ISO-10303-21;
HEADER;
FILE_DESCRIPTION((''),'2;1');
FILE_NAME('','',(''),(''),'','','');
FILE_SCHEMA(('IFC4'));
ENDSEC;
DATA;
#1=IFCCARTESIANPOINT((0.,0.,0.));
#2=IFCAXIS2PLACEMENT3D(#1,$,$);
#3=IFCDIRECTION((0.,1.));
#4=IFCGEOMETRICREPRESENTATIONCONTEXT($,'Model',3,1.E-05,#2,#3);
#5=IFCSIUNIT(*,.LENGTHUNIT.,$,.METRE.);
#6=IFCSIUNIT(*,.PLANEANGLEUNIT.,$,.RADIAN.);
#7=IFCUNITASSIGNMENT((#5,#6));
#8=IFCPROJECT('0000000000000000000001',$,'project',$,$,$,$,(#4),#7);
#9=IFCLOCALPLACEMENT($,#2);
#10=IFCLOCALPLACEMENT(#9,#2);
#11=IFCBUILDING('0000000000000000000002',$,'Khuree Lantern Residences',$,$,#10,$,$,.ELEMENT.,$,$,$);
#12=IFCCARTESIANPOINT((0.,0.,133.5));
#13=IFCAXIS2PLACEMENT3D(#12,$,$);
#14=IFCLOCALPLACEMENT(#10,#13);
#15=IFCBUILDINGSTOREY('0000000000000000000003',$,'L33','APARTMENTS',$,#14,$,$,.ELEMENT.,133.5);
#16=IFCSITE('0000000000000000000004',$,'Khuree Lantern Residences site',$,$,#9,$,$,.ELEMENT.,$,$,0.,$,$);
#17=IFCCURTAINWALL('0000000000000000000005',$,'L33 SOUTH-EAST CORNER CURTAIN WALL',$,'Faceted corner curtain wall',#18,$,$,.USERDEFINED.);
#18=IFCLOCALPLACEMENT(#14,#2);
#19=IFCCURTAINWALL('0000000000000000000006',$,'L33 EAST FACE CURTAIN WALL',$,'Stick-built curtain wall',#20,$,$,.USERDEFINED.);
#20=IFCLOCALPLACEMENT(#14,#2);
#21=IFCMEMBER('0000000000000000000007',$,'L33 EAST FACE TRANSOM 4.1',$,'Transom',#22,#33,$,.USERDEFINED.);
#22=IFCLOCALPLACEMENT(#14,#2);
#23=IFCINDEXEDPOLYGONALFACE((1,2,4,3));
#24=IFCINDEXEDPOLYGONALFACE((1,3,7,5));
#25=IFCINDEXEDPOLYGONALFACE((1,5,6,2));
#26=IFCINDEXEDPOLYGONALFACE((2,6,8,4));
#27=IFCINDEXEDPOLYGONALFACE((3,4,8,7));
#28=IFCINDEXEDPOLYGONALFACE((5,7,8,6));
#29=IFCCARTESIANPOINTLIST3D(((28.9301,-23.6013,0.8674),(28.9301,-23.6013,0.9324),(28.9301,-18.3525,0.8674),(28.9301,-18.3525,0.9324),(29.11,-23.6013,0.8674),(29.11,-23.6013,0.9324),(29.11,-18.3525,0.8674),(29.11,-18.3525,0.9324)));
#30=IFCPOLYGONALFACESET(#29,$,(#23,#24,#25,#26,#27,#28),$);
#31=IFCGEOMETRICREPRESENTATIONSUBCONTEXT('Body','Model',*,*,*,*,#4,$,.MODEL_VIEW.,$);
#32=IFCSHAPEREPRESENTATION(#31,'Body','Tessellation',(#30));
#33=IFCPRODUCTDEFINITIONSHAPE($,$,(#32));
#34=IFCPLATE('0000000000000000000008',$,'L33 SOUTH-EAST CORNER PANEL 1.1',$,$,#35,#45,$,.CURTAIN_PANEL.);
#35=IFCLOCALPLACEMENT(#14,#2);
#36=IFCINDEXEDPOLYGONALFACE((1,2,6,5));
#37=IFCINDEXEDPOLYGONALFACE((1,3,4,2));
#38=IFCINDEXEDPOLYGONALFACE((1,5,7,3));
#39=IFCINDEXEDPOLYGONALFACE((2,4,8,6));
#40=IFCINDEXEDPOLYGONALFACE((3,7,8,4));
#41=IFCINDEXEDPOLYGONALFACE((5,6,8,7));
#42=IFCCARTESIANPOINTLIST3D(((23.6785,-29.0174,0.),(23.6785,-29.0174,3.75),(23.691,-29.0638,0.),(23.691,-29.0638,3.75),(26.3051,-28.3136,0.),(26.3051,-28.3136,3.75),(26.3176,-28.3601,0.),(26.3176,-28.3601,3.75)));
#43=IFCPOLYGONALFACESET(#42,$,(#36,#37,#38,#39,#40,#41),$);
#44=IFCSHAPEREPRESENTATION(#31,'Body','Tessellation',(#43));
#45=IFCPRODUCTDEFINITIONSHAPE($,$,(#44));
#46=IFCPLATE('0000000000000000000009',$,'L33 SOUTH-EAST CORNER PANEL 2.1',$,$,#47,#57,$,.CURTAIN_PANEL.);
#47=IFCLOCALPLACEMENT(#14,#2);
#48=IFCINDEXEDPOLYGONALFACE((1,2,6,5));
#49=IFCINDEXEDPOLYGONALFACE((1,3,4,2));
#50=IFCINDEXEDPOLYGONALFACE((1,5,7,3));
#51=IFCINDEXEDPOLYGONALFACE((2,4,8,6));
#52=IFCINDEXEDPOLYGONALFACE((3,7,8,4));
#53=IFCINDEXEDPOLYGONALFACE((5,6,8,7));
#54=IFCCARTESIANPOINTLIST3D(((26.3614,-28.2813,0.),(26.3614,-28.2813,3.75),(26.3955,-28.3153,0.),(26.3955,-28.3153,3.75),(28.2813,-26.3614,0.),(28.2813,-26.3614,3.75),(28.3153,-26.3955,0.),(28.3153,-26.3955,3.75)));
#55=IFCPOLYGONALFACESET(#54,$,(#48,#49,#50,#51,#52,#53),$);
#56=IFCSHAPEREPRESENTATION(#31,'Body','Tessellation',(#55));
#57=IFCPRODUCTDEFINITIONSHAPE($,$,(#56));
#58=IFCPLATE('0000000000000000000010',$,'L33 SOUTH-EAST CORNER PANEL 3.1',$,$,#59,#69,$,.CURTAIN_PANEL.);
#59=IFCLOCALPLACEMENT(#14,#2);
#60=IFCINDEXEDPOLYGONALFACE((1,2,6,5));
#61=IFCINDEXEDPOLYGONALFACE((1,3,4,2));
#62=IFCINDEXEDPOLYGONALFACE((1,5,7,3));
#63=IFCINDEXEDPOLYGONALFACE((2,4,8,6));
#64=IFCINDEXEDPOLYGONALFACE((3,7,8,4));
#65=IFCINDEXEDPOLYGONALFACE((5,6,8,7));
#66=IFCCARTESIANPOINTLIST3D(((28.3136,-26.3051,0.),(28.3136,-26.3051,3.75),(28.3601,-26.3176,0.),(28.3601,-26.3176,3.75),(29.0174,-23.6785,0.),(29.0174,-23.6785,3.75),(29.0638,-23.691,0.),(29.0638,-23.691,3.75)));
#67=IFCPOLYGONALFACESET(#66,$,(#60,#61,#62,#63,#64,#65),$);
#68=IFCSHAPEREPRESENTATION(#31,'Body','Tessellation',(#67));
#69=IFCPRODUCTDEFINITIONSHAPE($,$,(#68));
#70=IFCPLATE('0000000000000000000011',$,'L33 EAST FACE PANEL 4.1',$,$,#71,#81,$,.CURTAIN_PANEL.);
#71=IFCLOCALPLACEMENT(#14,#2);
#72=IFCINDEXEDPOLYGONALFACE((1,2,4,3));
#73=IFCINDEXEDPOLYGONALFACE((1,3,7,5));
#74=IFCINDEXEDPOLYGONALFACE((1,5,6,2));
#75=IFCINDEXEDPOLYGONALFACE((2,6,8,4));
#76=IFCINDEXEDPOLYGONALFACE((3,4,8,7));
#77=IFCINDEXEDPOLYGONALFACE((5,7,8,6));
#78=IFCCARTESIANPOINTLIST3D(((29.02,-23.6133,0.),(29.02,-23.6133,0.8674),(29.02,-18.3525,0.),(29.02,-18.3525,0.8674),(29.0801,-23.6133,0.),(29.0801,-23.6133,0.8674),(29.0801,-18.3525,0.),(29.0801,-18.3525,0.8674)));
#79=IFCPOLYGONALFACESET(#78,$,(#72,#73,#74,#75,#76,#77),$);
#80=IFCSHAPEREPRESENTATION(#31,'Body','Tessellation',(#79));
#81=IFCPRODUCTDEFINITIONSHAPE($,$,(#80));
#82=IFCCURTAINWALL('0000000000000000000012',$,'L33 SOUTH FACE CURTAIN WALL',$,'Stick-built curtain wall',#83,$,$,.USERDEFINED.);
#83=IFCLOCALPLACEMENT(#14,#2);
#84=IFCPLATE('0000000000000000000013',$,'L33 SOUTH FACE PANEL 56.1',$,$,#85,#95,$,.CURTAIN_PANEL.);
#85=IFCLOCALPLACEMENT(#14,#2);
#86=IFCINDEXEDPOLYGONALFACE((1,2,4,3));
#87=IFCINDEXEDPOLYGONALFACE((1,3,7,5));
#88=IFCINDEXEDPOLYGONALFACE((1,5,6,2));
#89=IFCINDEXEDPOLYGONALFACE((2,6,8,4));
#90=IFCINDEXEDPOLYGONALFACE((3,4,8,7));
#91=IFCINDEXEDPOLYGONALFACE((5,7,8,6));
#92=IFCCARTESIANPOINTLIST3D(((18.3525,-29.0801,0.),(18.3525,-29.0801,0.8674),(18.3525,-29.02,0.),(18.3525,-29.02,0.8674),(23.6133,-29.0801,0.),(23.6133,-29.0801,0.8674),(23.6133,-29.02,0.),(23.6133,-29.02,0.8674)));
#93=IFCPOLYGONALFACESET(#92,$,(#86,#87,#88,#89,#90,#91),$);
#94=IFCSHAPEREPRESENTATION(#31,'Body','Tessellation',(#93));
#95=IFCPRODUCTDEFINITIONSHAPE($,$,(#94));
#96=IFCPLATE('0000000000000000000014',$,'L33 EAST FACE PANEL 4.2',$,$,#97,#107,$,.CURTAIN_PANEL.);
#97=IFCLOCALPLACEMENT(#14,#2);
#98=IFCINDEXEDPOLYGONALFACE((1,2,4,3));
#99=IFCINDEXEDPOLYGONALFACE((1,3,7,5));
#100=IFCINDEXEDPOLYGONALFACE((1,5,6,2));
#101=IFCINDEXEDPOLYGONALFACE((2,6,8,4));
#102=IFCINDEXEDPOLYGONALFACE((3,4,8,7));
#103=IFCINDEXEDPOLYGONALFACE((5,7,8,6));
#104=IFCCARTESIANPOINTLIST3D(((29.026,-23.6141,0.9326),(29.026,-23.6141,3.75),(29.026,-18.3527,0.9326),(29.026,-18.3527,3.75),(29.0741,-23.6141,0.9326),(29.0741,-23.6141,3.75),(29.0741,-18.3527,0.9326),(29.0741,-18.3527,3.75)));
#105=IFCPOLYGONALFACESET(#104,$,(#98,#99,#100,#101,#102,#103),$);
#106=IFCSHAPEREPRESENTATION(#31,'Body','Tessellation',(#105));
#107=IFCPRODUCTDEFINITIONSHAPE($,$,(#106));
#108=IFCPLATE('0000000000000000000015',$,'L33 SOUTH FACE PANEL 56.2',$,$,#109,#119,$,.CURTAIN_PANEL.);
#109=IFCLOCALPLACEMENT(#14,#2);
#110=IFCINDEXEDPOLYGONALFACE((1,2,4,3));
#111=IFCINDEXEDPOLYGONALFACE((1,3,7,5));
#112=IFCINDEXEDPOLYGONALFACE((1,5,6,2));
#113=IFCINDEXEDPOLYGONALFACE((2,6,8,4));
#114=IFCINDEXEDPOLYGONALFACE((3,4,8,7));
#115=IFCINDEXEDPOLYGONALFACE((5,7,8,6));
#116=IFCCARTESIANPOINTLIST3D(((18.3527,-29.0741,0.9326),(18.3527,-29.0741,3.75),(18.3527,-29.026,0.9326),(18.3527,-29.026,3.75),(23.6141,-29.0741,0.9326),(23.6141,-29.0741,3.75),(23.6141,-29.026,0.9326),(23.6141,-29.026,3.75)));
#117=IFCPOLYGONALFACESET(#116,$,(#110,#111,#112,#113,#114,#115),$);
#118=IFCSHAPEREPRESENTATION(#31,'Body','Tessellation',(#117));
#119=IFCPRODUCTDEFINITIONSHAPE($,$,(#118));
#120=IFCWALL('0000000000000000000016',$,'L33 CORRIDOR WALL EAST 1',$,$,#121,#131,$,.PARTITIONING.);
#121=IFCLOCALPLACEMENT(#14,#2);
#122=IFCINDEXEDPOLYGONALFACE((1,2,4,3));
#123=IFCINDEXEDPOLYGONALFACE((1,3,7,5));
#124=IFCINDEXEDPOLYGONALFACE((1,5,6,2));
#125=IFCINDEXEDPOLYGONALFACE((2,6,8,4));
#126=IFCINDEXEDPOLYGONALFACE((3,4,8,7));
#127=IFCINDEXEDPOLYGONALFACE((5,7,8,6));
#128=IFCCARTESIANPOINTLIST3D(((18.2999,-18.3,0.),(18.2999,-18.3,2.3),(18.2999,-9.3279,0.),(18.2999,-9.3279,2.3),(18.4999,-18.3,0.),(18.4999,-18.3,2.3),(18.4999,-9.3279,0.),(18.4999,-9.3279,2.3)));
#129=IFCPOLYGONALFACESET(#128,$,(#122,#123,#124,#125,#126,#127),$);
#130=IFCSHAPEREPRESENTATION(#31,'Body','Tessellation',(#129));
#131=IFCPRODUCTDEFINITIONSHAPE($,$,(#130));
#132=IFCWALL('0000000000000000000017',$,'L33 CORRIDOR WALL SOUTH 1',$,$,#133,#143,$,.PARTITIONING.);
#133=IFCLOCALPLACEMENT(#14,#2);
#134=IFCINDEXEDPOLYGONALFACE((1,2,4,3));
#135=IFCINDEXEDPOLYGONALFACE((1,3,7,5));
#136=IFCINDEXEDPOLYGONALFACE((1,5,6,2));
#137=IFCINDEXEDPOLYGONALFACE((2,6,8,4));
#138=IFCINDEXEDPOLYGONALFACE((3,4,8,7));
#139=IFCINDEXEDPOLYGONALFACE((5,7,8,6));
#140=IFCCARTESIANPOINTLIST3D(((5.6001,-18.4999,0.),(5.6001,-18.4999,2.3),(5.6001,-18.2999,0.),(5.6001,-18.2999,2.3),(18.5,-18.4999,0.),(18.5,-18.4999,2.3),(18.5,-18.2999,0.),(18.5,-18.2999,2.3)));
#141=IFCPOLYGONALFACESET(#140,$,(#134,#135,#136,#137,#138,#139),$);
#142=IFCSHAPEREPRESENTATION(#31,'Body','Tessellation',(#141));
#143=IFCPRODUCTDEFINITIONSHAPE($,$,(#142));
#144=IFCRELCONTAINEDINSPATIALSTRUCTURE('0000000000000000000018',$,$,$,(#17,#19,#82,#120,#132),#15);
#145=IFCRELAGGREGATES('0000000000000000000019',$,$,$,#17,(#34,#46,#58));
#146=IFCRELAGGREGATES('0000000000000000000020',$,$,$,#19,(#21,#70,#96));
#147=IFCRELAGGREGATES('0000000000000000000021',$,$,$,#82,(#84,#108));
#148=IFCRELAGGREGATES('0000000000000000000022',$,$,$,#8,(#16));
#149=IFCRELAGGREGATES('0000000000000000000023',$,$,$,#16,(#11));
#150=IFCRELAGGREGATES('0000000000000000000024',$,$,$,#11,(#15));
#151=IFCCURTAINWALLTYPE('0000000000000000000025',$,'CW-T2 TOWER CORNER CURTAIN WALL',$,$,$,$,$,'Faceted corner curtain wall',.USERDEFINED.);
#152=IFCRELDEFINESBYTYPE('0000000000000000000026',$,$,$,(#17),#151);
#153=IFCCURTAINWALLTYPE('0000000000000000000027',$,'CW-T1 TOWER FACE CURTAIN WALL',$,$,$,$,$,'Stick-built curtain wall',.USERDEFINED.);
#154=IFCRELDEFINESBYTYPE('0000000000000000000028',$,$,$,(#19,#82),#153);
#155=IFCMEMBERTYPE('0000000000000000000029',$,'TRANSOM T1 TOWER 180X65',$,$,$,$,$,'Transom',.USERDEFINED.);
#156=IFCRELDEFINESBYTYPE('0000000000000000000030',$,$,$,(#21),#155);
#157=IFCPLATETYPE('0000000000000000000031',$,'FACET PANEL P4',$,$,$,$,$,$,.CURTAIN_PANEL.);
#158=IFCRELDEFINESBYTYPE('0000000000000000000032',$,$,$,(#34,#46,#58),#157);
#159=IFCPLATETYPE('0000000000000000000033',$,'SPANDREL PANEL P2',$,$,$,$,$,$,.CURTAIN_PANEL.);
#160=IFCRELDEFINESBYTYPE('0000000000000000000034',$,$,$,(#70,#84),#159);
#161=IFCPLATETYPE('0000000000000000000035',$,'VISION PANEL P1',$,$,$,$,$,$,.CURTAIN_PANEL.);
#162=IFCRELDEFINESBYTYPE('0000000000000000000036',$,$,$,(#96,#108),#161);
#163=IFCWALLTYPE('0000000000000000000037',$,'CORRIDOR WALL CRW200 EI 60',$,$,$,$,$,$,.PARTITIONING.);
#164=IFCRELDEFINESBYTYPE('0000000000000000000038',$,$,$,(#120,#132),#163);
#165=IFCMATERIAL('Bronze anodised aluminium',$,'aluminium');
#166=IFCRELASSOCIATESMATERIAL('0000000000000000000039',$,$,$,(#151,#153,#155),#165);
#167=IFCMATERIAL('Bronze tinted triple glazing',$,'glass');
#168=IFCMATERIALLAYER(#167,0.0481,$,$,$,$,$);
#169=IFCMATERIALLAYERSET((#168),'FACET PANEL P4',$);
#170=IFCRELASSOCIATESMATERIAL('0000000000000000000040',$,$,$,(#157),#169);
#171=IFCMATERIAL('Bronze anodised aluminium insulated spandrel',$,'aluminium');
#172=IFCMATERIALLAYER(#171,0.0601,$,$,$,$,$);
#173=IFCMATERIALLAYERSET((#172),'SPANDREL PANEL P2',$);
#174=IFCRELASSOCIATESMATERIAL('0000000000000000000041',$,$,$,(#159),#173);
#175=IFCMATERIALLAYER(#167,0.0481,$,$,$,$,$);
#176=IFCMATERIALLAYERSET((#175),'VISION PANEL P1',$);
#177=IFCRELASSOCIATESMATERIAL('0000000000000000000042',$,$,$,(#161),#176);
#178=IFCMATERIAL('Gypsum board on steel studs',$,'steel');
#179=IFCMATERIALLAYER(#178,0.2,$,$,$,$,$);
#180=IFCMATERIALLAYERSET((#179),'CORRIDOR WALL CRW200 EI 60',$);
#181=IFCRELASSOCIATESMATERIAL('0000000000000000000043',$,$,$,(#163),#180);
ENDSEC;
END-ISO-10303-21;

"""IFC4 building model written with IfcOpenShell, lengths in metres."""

from ifc_helpers import new_model, si_unit, direction, frame, frame_2d, origin, origin_2d, place, context, subcontext, project, spatial, rectangle, extrude, material, layer, layer_set, material_profile, profile_set, type_object, element, aggregate, save


model = new_model("IFC4")

# Units and contexts
model_context = context("Model", 3, precision=1e-05, world=origin(), true_north=direction((0.0, 1.0)))
body_context = subcontext(model_context, "Body", "Model", "MODEL_VIEW")
ifc_project = project(units=[si_unit("LENGTHUNIT", "METRE"), si_unit("PLANEANGLEUNIT", "RADIAN")], contexts=[model_context])

# Site, building, storey
site_placement = place(None, origin())
site = spatial("IfcSite", under=ifc_project, at=site_placement, Name="Khuree Lantern Residences site", CompositionType="ELEMENT", RefElevation=0.0)
building_placement = place(site_placement, origin())
building = spatial("IfcBuilding", under=site, at=building_placement, Name="Khuree Lantern Residences", CompositionType="ELEMENT")
storey_placement = place(building_placement, frame((0.0, 0.0, 133.5)))
storey = spatial("IfcBuildingStorey", under=building, at=storey_placement, Name="L33", Description="APARTMENTS", CompositionType="ELEMENT", Elevation=133.5)

# Curtain walls
ifc_material_1 = material(Name="Bronze anodised aluminium", Category="aluminium")
curtain_wall_type_1 = type_object("IfcCurtainWallType", Name="CW-T2 TOWER CORNER CURTAIN WALL", ElementType="Faceted corner curtain wall", PredefinedType="USERDEFINED", material=ifc_material_1)
curtain_wall_1_placement = place(storey_placement, origin())
curtain_wall_1 = element("IfcCurtainWall", 1, at=curtain_wall_1_placement, inside=storey, type_object=curtain_wall_type_1, Name="L33 SOUTH-EAST CORNER CURTAIN WALL", ObjectType="Faceted corner curtain wall", PredefinedType="USERDEFINED")
curtain_wall_type_2 = type_object("IfcCurtainWallType", Name="CW-T1 TOWER FACE CURTAIN WALL", ElementType="Stick-built curtain wall", PredefinedType="USERDEFINED", material=ifc_material_1)
curtain_wall_2_placement = place(storey_placement, origin())
curtain_wall_2 = element("IfcCurtainWall", 2, at=curtain_wall_2_placement, inside=storey, type_object=curtain_wall_type_2, Name="L33 EAST FACE CURTAIN WALL", ObjectType="Stick-built curtain wall", PredefinedType="USERDEFINED")

# Member
ifc_material_profile_1 = material_profile(ifc_material_1, rectangle(XDim=0.1799, YDim=0.0649, at=origin_2d()), Name="T1 180X65")
ifc_profile_set_1 = profile_set([ifc_material_profile_1], Name="Bronze anodised aluminium")
member_type_1 = type_object("IfcMemberType", Name="TRANSOM T1 TOWER 180X65", ElementType="Transom", PredefinedType="USERDEFINED", material=ifc_profile_set_1)
member_1_placement = place(storey_placement, frame((29.02, -23.6013, 0.8999), z_axis=(0.0, 1.0, 0.0), x_axis=(-1.0, 0.0, 0.0)))
member_1 = element("IfcMember", 3, at=member_1_placement, type_object=member_type_1, Name="L33 EAST FACE TRANSOM 4.1", ObjectType="Transom", PredefinedType="USERDEFINED", context=body_context, shape_type="SweptSolid", body=[
    extrude(rectangle(XDim=0.1799, YDim=0.0649, at=origin_2d()), origin(), (0.0, 0.0, 1.0), 5.2488),
])

# Plates
ifc_material_2 = material(Name="Bronze tinted triple glazing", Category="glass")
ifc_layer_1 = layer(ifc_material_2, 0.0481)
ifc_layer_set_1 = layer_set([ifc_layer_1], Name="FACET PANEL P4")
plate_type_1 = type_object("IfcPlateType", Name="FACET PANEL P4", PredefinedType="CURTAIN_PANEL", material=ifc_layer_set_1)
plate_1_placement = place(storey_placement, frame((24.998, -28.6887, 0.0), z_axis=(0.0, 0.0, 1.0), x_axis=(0.965926, 0.258819, 0.0)))
plate_1 = element("IfcPlate", 4, at=plate_1_placement, type_object=plate_type_1, Name="L33 SOUTH-EAST CORNER PANEL 1.1", PredefinedType="CURTAIN_PANEL", context=body_context, shape_type="SweptSolid", body=[
    extrude(rectangle(XDim=2.7192, YDim=0.0481, at=origin_2d()), origin(), (0.0, 0.0, 1.0), 3.75),
])
plate_2_placement = place(storey_placement, frame((27.3384, -27.3384, 0.0), z_axis=(0.0, 0.0, 1.0), x_axis=(0.707107, 0.707107, 0.0)))
plate_2 = element("IfcPlate", 5, at=plate_2_placement, type_object=plate_type_1, Name="L33 SOUTH-EAST CORNER PANEL 2.1", PredefinedType="CURTAIN_PANEL", context=body_context, shape_type="SweptSolid", body=[
    extrude(rectangle(XDim=2.7151, YDim=0.0481, at=origin_2d()), origin(), (0.0, 0.0, 1.0), 3.75),
])
plate_3_placement = place(storey_placement, frame((28.6887, -24.998, 0.0), z_axis=(0.0, 0.0, 1.0), x_axis=(0.258819, 0.965926, 0.0)))
plate_3 = element("IfcPlate", 6, at=plate_3_placement, type_object=plate_type_1, Name="L33 SOUTH-EAST CORNER PANEL 3.1", PredefinedType="CURTAIN_PANEL", context=body_context, shape_type="SweptSolid", body=[
    extrude(rectangle(XDim=2.7192, YDim=0.0481, at=origin_2d()), origin(), (0.0, 0.0, 1.0), 3.75),
])
aggregate(curtain_wall_1, [plate_1, plate_2, plate_3])
ifc_material_3 = material(Name="Bronze anodised aluminium insulated spandrel", Category="aluminium")
ifc_layer_2 = layer(ifc_material_3, 0.0601)
ifc_layer_set_2 = layer_set([ifc_layer_2], Name="SPANDREL PANEL P2")
plate_type_2 = type_object("IfcPlateType", Name="SPANDREL PANEL P2", PredefinedType="CURTAIN_PANEL", material=ifc_layer_set_2)
plate_4_placement = place(storey_placement, frame((29.05, -20.9829, 0.0), z_axis=(0.0, 0.0, 1.0), x_axis=(0.0, 1.0, 0.0)))
plate_4 = element("IfcPlate", 7, at=plate_4_placement, type_object=plate_type_2, Name="L33 EAST FACE PANEL 4.1", PredefinedType="CURTAIN_PANEL", context=body_context, shape_type="SweptSolid", body=[
    extrude(rectangle(XDim=5.2607, YDim=0.0601, at=origin_2d()), origin(), (0.0, 0.0, 1.0), 0.8674),
])

# Curtain wall, plate
curtain_wall_3_placement = place(storey_placement, origin())
curtain_wall_3 = element("IfcCurtainWall", 8, at=curtain_wall_3_placement, inside=storey, type_object=curtain_wall_type_2, Name="L33 SOUTH FACE CURTAIN WALL", ObjectType="Stick-built curtain wall", PredefinedType="USERDEFINED")
plate_5_placement = place(storey_placement, frame((20.9829, -29.05, 0.0), z_axis=(0.0, 0.0, 1.0), x_axis=(1.0, 0.0, 0.0)))
plate_5 = element("IfcPlate", 9, at=plate_5_placement, type_object=plate_type_2, Name="L33 SOUTH FACE PANEL 56.1", PredefinedType="CURTAIN_PANEL", context=body_context, shape_type="SweptSolid", body=[
    extrude(rectangle(XDim=5.2607, YDim=0.0601, at=origin_2d()), origin(), (0.0, 0.0, 1.0), 0.8674),
])

# Plates
ifc_layer_3 = layer(ifc_material_2, 0.0481)
ifc_layer_set_3 = layer_set([ifc_layer_3], Name="VISION PANEL P1")
plate_type_3 = type_object("IfcPlateType", Name="VISION PANEL P1", PredefinedType="CURTAIN_PANEL", material=ifc_layer_set_3)
plate_6_placement = place(storey_placement, frame((29.05, -20.9834, 0.9326), z_axis=(0.0, 0.0, 1.0), x_axis=(0.0, 1.0, 0.0)))
plate_6 = element("IfcPlate", 10, at=plate_6_placement, type_object=plate_type_3, Name="L33 EAST FACE PANEL 4.2", PredefinedType="CURTAIN_PANEL", context=body_context, shape_type="SweptSolid", body=[
    extrude(rectangle(XDim=5.2615, YDim=0.0481, at=origin_2d()), origin(), (0.0, 0.0, 1.0), 2.8174),
])
aggregate(curtain_wall_2, [member_1, plate_4, plate_6])
plate_7_placement = place(storey_placement, frame((20.9834, -29.05, 0.9326), z_axis=(0.0, 0.0, 1.0), x_axis=(1.0, 0.0, 0.0)))
plate_7 = element("IfcPlate", 11, at=plate_7_placement, type_object=plate_type_3, Name="L33 SOUTH FACE PANEL 56.2", PredefinedType="CURTAIN_PANEL", context=body_context, shape_type="SweptSolid", body=[
    extrude(rectangle(XDim=5.2615, YDim=0.0481, at=origin_2d()), origin(), (0.0, 0.0, 1.0), 2.8174),
])
aggregate(curtain_wall_3, [plate_5, plate_7])

# Walls
ifc_material_4 = material(Name="Gypsum board on steel studs", Category="steel")
ifc_layer_4 = layer(ifc_material_4, 0.2)
ifc_layer_set_4 = layer_set([ifc_layer_4], Name="CORRIDOR WALL CRW200 EI 60")
wall_type = type_object("IfcWallType", Name="CORRIDOR WALL CRW200 EI 60", PredefinedType="PARTITIONING", material=ifc_layer_set_4)
wall_1_placement = place(storey_placement, frame((18.3999, -18.3, 0.0), z_axis=(0.0, 0.0, 1.0), x_axis=(0.0, 1.0, 0.0)))
element("IfcWall", 12, at=wall_1_placement, inside=storey, type_object=wall_type, Name="L33 CORRIDOR WALL EAST 1", PredefinedType="PARTITIONING", context=body_context, shape_type="SweptSolid", body=[
    extrude(rectangle(XDim=8.9722, YDim=0.2, at=frame_2d((4.4861, 0.0))), origin(), (0.0, 0.0, 1.0), 2.3),
])
wall_2_placement = place(storey_placement, frame((18.5, -18.3999, 0.0), z_axis=(0.0, 0.0, 1.0), x_axis=(-1.0, 0.0, 0.0)))
element("IfcWall", 13, at=wall_2_placement, inside=storey, type_object=wall_type, Name="L33 CORRIDOR WALL SOUTH 1", PredefinedType="PARTITIONING", context=body_context, shape_type="SweptSolid", body=[
    extrude(rectangle(XDim=12.8999, YDim=0.2, at=frame_2d((6.45, 0.0))), origin(), (0.0, 0.0, 1.0), 2.3),
])

save(model, "model.ifc")
